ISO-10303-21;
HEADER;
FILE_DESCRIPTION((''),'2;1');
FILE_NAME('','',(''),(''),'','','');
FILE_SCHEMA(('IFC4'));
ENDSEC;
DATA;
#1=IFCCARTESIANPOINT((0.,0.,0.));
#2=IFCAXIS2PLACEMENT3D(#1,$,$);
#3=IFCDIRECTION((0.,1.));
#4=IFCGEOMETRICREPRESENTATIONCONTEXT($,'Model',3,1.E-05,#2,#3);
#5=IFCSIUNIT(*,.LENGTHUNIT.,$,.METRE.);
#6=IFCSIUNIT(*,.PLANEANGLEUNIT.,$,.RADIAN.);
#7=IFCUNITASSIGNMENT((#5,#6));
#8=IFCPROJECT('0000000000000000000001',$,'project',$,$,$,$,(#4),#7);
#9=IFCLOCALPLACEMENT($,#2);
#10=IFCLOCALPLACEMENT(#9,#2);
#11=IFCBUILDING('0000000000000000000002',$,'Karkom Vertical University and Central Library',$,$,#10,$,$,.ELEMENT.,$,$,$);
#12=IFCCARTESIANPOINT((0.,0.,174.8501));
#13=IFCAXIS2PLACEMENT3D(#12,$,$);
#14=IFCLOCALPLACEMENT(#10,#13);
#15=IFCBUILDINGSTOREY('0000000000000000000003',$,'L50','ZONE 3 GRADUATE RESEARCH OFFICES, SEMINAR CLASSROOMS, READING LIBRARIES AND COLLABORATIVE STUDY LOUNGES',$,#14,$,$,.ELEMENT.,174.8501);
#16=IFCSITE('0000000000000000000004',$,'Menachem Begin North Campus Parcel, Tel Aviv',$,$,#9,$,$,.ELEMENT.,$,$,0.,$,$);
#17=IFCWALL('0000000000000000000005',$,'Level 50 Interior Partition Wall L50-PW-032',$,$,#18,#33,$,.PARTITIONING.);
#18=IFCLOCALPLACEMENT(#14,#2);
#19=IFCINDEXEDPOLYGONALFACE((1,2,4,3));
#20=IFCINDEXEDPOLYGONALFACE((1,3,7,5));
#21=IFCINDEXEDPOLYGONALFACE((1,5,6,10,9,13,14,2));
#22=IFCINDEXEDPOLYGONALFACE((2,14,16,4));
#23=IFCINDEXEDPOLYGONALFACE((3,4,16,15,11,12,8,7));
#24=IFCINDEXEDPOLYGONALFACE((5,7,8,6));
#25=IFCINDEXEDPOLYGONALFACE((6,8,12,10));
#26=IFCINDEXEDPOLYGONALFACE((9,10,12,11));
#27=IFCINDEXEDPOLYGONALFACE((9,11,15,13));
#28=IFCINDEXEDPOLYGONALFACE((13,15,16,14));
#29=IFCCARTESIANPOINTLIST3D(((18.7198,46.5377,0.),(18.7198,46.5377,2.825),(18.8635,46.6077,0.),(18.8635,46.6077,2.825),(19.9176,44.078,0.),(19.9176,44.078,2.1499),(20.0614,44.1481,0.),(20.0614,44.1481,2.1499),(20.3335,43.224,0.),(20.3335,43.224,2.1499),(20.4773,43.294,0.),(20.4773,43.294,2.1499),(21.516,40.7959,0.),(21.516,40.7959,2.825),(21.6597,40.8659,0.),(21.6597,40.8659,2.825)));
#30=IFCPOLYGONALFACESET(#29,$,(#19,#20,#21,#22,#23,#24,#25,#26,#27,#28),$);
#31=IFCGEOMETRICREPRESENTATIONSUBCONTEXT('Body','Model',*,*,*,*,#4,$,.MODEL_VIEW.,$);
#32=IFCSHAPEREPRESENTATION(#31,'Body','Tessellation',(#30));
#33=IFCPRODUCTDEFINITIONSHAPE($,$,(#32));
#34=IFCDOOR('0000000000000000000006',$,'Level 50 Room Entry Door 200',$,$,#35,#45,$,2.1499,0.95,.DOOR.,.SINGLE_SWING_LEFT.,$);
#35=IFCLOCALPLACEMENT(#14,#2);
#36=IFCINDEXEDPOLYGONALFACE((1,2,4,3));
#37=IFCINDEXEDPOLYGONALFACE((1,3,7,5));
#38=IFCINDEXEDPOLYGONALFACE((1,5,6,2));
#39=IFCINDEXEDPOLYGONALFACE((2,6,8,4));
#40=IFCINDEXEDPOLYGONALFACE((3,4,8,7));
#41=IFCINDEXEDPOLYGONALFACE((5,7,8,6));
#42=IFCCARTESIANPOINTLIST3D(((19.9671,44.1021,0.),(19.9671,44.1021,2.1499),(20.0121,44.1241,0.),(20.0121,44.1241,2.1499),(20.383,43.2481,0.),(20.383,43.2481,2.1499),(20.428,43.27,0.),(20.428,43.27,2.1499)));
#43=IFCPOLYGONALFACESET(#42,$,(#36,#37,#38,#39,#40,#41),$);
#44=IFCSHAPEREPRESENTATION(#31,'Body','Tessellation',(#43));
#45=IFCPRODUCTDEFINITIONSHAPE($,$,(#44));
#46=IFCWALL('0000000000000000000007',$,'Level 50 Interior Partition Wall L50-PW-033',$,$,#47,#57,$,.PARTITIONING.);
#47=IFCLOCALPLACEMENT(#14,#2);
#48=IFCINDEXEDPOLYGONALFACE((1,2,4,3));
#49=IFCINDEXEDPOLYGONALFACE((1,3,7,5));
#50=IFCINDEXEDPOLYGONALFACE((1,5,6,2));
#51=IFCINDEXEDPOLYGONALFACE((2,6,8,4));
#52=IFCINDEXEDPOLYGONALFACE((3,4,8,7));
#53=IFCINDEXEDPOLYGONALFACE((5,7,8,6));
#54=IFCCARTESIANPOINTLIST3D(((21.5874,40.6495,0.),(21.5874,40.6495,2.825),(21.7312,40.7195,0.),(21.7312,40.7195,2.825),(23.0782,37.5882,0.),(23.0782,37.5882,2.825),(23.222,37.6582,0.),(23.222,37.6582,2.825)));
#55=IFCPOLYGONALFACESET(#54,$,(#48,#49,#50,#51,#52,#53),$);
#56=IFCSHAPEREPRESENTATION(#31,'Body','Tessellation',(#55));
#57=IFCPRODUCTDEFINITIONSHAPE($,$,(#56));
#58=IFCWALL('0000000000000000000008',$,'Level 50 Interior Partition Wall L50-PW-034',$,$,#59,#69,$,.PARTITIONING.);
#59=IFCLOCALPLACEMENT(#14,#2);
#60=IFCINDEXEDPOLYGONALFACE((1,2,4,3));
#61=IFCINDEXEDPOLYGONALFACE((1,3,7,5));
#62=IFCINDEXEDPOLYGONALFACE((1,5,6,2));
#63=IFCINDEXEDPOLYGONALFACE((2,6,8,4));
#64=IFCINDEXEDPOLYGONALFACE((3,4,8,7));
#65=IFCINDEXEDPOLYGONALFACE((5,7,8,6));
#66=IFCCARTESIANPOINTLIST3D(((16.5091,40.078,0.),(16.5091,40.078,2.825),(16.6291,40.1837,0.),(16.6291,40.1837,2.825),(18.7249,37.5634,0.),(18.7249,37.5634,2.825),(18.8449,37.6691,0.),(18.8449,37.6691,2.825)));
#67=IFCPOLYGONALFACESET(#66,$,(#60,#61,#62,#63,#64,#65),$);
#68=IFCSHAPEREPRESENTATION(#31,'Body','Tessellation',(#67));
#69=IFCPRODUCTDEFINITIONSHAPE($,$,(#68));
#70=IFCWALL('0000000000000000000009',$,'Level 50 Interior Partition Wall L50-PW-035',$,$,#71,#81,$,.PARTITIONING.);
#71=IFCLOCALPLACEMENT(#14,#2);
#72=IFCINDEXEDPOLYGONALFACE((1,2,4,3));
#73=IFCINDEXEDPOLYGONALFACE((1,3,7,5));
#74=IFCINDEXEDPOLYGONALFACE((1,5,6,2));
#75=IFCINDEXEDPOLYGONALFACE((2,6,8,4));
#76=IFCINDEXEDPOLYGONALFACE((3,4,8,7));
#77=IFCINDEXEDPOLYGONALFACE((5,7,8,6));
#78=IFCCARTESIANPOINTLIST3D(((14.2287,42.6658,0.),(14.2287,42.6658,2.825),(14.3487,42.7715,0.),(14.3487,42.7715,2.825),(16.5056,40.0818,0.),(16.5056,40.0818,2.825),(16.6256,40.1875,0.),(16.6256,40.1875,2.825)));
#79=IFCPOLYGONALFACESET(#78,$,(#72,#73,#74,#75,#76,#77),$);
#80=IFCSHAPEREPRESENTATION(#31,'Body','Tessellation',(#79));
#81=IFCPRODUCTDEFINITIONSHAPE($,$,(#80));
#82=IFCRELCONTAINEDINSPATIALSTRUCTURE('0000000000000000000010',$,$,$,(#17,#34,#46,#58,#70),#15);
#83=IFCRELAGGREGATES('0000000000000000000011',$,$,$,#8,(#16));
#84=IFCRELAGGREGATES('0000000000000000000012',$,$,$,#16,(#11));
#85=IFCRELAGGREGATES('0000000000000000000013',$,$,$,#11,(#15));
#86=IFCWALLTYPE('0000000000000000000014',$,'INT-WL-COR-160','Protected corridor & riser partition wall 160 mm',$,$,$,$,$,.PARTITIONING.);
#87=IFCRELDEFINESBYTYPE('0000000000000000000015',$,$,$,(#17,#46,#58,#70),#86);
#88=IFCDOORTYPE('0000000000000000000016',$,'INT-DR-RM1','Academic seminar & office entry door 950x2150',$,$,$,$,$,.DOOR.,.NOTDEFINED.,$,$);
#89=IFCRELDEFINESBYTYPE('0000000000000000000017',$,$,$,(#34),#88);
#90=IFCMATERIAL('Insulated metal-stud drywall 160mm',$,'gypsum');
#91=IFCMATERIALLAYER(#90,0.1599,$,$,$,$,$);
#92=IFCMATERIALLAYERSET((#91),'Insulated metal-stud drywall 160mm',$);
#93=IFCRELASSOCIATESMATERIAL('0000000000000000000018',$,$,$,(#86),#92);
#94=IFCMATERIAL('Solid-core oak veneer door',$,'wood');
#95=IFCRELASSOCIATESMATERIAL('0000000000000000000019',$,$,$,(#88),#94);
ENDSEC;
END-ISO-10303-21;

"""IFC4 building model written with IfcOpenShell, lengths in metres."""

from ifc_helpers import new_model, si_unit, direction, frame, frame_2d, origin, origin_with_axes, place, context, subcontext, project, spatial, rectangle, extrude, source, transform, mapped, material, layer, layer_set, type_object, element, fill, save


model = new_model("IFC4")

# Units and contexts
model_context = context("Model", 3, precision=1e-05, world=origin(), true_north=direction((0.0, 1.0)))
body_context = subcontext(model_context, "Body", "Model", "MODEL_VIEW")
ifc_project = project(units=[si_unit("LENGTHUNIT", "METRE"), si_unit("PLANEANGLEUNIT", "RADIAN")], contexts=[model_context])

# Site, building, storey
site_placement = place(None, origin())
site = spatial("IfcSite", under=ifc_project, at=site_placement, Name="Menachem Begin North Campus Parcel, Tel Aviv", CompositionType="ELEMENT", RefElevation=0.0)
building_placement = place(site_placement, origin())
building = spatial("IfcBuilding", under=site, at=building_placement, Name="Karkom Vertical University and Central Library", CompositionType="ELEMENT")
storey_placement = place(building_placement, frame((0.0, 0.0, 174.8501)))
storey = spatial("IfcBuildingStorey", under=building, at=storey_placement, Name="L50", Description="ZONE 3 GRADUATE RESEARCH OFFICES, SEMINAR CLASSROOMS, READING LIBRARIES AND COLLABORATIVE STUDY LOUNGES", CompositionType="ELEMENT", Elevation=174.8501)

# Shared definitions
ifc_material_1 = material(Name="Insulated metal-stud drywall 160mm", Category="gypsum")
ifc_layer_1 = layer(ifc_material_1, 0.1599)
ifc_layer_set_1 = layer_set([ifc_layer_1], Name="Insulated metal-stud drywall 160mm")
wall_type_1 = type_object("IfcWallType", Name="INT-WL-COR-160", Description="Protected corridor & riser partition wall 160 mm", PredefinedType="PARTITIONING", material=ifc_layer_set_1)
ifc_material_2 = material(Name="Solid-core oak veneer door", Category="wood")
door_type = type_object("IfcDoorType", Name="INT-DR-RM1", Description="Academic seminar & office entry door 950x2150", OperationType="NOTDEFINED", PredefinedType="DOOR", material=ifc_material_2)
shared_shape_1 = source(origin_with_axes(), body_context, "Body", "SweptSolid", [
    extrude(rectangle(XDim=0.95, YDim=2.1499, at=frame_2d((0.4751, 1.075))), frame((0.0, 0.0249, 0.0), z_axis=(0.0, -1.0, 0.0), x_axis=(1.0, 0.0, 0.0)), (0.0, 0.0, 1.0), 0.05),
])

# Wall, opening, door
wall_1_placement = place(storey_placement, frame((21.5879, 40.8308, 0.0), z_axis=(0.0, 0.0, 1.0), x_axis=(-0.437831, 0.899057, 0.0)))
wall_1 = element("IfcWall", 1, at=wall_1_placement, inside=storey, type_object=wall_type_1, Name="Level 50 Interior Partition Wall L50-PW-032", PredefinedType="PARTITIONING", context=body_context, shape_type="SweptSolid", body=[
    extrude(rectangle(XDim=6.3865, YDim=0.1599, at=frame_2d((3.1934, 0.0))), origin(), (0.0, 0.0, 1.0), 2.825),
])
opening_1_placement = place(wall_1_placement, frame((2.7007, 0.0, 0.0)))
opening_1 = element("IfcOpeningElement", 2, at=opening_1_placement, cuts=wall_1, PredefinedType="OPENING", context=body_context, shape_type="SweptSolid", body=[
    extrude(rectangle(XDim=0.95, YDim=2.1499, at=frame_2d((0.4751, 1.075))), frame((0.0, 0.0898, 0.0), z_axis=(0.0, -1.0, 0.0), x_axis=(1.0, 0.0, 0.0)), (0.0, 0.0, 1.0), 0.1799),
])
door_1_placement = place(opening_1_placement, origin())
door_1 = element("IfcDoor", 3, at=door_1_placement, inside=storey, type_object=door_type, Name="Level 50 Room Entry Door 200", OperationType="SINGLE_SWING_LEFT", OverallHeight=2.1499, OverallWidth=0.95, PredefinedType="DOOR", context=body_context, shape_type="MappedRepresentation", body=[
    mapped(shared_shape_1, transform((0.0, 0.0, 0.0), scale=1.0)),
])
fill(opening_1, door_1)

# Walls
wall_2_placement = place(storey_placement, frame((23.1501, 37.623, 0.0), z_axis=(0.0, 0.0, 1.0), x_axis=(-0.43781, 0.899067, 0.0)))
element("IfcWall", 4, at=wall_2_placement, inside=storey, type_object=wall_type_1, Name="Level 50 Interior Partition Wall L50-PW-033", PredefinedType="PARTITIONING", context=body_context, shape_type="SweptSolid", body=[
    extrude(rectangle(XDim=3.405, YDim=0.1599, at=frame_2d((1.7026, 0.0))), origin(), (0.0, 0.0, 1.0), 2.825),
])
wall_3_placement = place(storey_placement, frame((18.7849, 37.6162, 0.0), z_axis=(0.0, 0.0, 1.0), x_axis=(-0.66112, 0.75028, 0.0)))
element("IfcWall", 5, at=wall_3_placement, inside=storey, type_object=wall_type_1, Name="Level 50 Interior Partition Wall L50-PW-034", PredefinedType="PARTITIONING", context=body_context, shape_type="SweptSolid", body=[
    extrude(rectangle(XDim=3.3516, YDim=0.1599, at=frame_2d((1.6758, 0.0))), origin(), (0.0, 0.0, 1.0), 2.825),
])
wall_4_placement = place(storey_placement, frame((16.5657, 40.1345, 0.0), z_axis=(0.0, 0.0, 1.0), x_axis=(-0.66111, 0.750289, 0.0)))
element("IfcWall", 6, at=wall_4_placement, inside=storey, type_object=wall_type_1, Name="Level 50 Interior Partition Wall L50-PW-035", PredefinedType="PARTITIONING", context=body_context, shape_type="SweptSolid", body=[
    extrude(rectangle(XDim=3.4441, YDim=0.1599, at=frame_2d((1.7222, 0.0))), origin(), (0.0, 0.0, 1.0), 2.825),
])

save(model, "model.ifc")
